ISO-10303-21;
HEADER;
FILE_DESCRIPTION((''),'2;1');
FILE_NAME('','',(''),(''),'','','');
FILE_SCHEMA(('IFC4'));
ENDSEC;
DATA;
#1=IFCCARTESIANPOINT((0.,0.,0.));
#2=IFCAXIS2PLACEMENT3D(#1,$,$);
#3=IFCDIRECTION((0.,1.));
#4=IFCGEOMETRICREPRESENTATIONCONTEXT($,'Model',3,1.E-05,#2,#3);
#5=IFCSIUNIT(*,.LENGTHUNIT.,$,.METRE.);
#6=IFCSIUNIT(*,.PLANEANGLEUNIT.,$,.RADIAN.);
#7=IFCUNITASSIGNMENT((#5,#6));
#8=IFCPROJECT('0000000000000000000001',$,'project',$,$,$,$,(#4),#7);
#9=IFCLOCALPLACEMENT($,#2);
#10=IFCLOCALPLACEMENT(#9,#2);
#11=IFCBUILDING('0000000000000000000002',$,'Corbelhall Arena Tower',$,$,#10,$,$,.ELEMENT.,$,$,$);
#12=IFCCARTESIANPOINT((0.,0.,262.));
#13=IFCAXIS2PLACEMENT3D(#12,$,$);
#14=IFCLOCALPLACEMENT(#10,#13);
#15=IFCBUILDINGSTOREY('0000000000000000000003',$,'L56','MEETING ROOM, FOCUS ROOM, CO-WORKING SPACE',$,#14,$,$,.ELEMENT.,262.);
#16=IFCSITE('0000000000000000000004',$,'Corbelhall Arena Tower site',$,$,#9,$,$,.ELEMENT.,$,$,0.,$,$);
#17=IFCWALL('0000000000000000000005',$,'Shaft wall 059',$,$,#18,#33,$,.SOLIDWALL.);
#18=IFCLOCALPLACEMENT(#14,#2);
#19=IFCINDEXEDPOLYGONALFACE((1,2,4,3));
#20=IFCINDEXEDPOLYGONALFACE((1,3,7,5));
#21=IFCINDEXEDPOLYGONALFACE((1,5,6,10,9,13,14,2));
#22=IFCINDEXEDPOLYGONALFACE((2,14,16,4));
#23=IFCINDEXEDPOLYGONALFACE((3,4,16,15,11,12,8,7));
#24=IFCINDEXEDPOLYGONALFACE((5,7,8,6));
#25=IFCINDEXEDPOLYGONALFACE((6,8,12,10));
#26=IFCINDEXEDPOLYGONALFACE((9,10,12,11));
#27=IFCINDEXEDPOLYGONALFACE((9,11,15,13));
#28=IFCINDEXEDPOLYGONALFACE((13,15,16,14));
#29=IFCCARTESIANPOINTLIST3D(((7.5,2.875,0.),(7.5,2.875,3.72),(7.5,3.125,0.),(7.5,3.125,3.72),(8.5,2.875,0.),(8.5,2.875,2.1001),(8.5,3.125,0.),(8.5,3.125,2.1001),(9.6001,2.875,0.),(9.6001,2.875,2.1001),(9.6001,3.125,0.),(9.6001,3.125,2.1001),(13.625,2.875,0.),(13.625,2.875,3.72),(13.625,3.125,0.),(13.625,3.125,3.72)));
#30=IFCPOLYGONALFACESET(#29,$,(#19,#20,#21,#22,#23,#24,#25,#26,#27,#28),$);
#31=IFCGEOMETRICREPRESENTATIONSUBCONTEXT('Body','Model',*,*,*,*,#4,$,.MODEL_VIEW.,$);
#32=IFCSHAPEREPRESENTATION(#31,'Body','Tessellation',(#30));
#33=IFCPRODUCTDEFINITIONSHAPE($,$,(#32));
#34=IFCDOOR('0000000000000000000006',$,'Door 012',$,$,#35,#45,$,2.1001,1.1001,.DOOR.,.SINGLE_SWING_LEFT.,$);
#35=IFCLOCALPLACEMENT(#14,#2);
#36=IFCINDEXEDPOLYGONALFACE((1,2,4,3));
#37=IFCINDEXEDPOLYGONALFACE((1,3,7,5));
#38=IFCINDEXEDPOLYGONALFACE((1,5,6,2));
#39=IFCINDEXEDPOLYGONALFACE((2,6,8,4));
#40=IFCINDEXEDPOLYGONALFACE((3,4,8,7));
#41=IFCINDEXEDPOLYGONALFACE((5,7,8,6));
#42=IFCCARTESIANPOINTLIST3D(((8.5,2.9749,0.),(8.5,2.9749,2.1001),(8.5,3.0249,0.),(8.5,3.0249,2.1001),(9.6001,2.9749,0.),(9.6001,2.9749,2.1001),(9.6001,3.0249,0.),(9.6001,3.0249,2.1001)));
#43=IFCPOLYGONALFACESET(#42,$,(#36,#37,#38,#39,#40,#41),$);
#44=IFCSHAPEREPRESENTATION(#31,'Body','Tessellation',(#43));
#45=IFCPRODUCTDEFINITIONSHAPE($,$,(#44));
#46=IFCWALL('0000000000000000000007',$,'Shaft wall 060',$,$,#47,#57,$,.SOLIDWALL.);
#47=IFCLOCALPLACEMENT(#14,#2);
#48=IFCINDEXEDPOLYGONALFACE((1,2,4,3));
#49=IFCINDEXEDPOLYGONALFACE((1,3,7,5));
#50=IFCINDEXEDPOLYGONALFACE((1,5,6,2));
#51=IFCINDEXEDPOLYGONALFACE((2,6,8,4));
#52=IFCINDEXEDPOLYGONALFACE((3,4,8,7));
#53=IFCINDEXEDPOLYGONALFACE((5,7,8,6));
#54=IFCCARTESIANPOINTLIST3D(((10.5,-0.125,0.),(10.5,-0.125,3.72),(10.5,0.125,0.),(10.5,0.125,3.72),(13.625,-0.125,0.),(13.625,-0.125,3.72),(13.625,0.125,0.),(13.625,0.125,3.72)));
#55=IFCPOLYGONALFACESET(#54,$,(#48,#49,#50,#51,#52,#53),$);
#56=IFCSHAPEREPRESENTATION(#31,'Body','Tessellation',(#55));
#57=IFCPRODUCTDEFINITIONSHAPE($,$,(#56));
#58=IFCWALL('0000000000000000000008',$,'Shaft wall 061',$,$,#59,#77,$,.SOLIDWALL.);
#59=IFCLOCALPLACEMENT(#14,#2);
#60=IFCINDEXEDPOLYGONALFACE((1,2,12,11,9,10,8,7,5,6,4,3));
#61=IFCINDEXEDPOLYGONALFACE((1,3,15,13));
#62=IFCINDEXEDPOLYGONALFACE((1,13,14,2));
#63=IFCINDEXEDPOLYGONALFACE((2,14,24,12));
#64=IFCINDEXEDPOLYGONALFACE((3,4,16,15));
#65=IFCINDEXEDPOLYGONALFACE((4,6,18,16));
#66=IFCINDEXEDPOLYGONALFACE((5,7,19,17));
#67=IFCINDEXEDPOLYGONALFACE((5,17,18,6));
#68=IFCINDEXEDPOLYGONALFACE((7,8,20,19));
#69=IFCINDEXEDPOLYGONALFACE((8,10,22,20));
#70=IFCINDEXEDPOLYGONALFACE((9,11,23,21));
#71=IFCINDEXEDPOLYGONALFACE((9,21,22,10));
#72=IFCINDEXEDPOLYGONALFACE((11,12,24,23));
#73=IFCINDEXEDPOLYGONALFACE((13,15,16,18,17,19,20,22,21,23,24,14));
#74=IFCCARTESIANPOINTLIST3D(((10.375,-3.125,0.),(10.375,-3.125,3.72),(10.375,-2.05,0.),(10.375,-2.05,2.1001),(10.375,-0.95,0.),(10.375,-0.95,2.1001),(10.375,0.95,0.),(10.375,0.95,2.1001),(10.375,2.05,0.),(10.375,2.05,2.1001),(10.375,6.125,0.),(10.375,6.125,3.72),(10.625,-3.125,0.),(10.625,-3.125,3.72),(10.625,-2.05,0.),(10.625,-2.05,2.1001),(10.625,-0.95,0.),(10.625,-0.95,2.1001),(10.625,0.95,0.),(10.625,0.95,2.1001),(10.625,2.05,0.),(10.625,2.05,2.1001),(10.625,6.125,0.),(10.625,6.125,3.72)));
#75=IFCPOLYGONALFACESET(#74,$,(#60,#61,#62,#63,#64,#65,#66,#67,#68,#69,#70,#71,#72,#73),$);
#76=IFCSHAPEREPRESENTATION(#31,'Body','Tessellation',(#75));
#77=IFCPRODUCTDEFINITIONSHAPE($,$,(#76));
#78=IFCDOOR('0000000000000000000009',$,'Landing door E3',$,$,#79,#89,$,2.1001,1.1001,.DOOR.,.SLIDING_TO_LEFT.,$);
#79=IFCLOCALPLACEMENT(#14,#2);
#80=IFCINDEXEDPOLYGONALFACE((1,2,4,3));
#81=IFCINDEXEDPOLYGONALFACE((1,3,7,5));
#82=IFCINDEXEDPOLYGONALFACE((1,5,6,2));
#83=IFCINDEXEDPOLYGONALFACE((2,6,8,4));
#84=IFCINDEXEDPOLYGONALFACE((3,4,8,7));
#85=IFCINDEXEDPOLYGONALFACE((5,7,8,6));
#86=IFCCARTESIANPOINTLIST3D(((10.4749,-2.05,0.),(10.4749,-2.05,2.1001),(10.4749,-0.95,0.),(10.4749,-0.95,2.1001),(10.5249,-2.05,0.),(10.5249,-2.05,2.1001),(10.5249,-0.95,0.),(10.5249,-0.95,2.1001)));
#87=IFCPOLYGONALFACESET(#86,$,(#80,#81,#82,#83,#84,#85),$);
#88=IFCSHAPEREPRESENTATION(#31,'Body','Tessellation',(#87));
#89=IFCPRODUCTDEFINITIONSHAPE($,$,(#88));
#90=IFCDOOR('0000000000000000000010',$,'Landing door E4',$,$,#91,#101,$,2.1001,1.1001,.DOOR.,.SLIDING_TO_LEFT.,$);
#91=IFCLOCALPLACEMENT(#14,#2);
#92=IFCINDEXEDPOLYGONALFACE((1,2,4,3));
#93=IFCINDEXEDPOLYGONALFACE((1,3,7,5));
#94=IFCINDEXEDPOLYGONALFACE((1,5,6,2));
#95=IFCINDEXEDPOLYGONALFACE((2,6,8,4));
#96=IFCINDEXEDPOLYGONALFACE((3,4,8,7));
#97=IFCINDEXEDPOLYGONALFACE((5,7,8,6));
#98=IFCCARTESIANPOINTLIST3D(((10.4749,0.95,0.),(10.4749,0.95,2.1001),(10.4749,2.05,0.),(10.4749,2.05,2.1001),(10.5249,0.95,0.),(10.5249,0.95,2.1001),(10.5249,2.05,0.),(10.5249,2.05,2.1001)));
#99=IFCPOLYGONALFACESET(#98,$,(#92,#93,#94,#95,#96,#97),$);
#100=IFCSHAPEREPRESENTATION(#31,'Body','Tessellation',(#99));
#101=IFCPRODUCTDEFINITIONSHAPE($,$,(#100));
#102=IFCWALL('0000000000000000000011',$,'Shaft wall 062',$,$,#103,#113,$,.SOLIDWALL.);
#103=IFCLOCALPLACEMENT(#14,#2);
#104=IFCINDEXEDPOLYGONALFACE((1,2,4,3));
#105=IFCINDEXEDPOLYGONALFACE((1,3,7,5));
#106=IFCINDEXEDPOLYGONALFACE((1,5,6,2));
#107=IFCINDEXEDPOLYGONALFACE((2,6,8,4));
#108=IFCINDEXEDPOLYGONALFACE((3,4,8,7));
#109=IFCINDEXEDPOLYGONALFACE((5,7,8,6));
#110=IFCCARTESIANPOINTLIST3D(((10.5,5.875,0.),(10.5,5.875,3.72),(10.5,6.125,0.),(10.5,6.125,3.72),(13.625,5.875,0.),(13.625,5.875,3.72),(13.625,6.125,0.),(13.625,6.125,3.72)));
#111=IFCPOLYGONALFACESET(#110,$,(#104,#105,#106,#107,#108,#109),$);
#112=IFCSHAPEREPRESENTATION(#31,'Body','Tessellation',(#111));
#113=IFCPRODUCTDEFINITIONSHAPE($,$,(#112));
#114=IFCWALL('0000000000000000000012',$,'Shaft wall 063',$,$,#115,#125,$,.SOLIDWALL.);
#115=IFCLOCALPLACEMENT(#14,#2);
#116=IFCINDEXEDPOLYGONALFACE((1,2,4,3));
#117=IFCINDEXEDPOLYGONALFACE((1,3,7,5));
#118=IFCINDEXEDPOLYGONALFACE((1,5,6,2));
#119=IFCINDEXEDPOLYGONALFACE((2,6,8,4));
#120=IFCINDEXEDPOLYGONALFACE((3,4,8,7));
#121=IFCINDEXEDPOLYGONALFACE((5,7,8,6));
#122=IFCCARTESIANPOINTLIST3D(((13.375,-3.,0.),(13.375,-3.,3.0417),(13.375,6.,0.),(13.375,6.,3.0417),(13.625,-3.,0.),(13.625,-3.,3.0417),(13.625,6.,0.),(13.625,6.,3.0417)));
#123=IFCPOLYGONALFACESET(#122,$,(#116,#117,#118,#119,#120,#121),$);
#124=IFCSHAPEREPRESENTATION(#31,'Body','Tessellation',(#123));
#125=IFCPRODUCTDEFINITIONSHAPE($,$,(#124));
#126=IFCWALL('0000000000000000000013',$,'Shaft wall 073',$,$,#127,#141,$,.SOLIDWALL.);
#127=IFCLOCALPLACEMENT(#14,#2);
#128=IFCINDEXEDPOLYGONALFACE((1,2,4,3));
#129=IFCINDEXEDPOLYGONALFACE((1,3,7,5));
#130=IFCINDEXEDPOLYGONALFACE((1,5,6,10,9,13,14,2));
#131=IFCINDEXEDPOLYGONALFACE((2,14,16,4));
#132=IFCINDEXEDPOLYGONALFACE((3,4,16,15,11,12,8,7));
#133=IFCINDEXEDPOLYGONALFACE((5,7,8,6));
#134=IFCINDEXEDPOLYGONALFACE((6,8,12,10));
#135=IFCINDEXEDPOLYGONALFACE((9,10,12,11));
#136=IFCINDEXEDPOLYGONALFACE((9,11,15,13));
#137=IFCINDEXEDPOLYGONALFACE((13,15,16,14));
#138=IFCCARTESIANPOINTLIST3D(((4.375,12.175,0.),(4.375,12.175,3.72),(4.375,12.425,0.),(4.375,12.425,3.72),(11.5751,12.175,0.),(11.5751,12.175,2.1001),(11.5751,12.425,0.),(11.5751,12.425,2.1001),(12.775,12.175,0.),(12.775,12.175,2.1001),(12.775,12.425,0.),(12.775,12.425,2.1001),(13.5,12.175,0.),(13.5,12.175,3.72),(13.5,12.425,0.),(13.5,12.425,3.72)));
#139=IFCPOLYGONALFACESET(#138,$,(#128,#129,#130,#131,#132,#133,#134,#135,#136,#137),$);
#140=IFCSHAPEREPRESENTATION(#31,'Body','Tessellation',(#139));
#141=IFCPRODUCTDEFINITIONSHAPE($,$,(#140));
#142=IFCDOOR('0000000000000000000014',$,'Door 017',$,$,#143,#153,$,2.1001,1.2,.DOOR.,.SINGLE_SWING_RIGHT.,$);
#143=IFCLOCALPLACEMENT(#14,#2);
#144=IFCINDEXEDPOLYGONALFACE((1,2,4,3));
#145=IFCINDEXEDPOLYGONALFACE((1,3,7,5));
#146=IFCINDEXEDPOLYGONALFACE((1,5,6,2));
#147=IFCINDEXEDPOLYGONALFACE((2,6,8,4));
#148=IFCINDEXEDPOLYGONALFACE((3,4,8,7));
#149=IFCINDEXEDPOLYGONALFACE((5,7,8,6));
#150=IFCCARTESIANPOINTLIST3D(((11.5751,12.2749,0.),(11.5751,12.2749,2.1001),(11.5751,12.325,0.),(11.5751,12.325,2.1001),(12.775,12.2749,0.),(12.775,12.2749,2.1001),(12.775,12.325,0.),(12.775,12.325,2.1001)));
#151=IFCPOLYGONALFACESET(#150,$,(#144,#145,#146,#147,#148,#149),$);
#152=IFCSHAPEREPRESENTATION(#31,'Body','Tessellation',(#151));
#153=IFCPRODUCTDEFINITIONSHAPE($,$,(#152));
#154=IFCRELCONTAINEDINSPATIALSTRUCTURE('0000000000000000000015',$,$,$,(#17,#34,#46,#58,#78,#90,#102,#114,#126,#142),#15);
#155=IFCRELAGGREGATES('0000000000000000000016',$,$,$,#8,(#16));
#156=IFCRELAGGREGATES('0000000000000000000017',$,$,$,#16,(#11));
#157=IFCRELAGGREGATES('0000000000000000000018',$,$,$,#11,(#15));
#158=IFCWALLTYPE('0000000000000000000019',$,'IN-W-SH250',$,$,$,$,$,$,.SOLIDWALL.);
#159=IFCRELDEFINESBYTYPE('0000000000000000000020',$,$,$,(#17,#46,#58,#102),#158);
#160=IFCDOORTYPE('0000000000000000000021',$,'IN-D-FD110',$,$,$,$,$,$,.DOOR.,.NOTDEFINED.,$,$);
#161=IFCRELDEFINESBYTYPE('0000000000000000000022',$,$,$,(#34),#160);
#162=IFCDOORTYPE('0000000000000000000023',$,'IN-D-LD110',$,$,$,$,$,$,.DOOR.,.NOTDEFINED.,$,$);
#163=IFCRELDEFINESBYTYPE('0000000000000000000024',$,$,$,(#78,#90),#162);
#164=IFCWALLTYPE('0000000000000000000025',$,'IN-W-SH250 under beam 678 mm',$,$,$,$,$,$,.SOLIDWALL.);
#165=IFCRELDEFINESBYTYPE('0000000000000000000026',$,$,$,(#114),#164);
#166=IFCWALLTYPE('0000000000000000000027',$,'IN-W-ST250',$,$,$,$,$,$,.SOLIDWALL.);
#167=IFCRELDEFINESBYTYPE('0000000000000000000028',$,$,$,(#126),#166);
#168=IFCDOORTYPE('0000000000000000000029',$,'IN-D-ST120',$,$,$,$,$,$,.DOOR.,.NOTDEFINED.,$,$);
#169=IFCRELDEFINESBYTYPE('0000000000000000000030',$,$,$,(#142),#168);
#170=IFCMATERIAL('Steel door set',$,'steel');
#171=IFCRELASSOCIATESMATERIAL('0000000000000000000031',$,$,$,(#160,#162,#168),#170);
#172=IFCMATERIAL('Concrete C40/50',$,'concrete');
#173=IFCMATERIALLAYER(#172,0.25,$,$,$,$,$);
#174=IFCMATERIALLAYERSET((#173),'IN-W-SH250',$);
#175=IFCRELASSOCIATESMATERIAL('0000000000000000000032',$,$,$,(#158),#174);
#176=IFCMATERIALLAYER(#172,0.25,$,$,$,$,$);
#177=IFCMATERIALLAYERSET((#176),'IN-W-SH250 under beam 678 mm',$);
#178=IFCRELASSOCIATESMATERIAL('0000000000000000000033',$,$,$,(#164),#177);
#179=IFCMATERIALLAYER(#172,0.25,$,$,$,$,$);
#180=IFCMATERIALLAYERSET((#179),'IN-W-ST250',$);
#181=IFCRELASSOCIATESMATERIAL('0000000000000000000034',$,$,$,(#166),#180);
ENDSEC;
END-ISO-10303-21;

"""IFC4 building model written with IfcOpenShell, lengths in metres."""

from ifc_helpers import new_model, si_unit, direction, frame, frame_2d, origin, place, context, subcontext, project, spatial, rectangle, extrude, material, layer, layer_set, type_object, element, fill, save


model = new_model("IFC4")

# Units and contexts
model_context = context("Model", 3, precision=1e-05, world=origin(), true_north=direction((0.0, 1.0)))
body_context = subcontext(model_context, "Body", "Model", "MODEL_VIEW")
ifc_project = project(units=[si_unit("LENGTHUNIT", "METRE"), si_unit("PLANEANGLEUNIT", "RADIAN")], contexts=[model_context])

# Site, building, storey
site_placement = place(None, origin())
site = spatial("IfcSite", under=ifc_project, at=site_placement, Name="Corbelhall Arena Tower site", CompositionType="ELEMENT", RefElevation=0.0)
building_placement = place(site_placement, origin())
building = spatial("IfcBuilding", under=site, at=building_placement, Name="Corbelhall Arena Tower", CompositionType="ELEMENT")
storey_placement = place(building_placement, frame((0.0, 0.0, 262.0)))
storey = spatial("IfcBuildingStorey", under=building, at=storey_placement, Name="L56", Description="MEETING ROOM, FOCUS ROOM, CO-WORKING SPACE", CompositionType="ELEMENT", Elevation=262.0)

# Shared definitions
ifc_material_1 = material(Name="Steel door set", Category="steel")
door_type_1 = type_object("IfcDoorType", Name="IN-D-FD110", OperationType="NOTDEFINED", PredefinedType="DOOR", material=ifc_material_1)

# Shared definitions
ifc_material_2 = material(Name="Concrete C40/50", Category="concrete")
ifc_layer_1 = layer(ifc_material_2, 0.25)
ifc_layer_set_1 = layer_set([ifc_layer_1], Name="IN-W-SH250")
wall_type_1 = type_object("IfcWallType", Name="IN-W-SH250", PredefinedType="SOLIDWALL", material=ifc_layer_set_1)

# Wall, opening, door
wall_1_placement = place(storey_placement, frame((7.5, 3.0, 0.0), z_axis=(0.0, 0.0, 1.0), x_axis=(1.0, 0.0, 0.0)))
wall_1 = element("IfcWall", 1, at=wall_1_placement, inside=storey, type_object=wall_type_1, Name="Shaft wall 059", PredefinedType="SOLIDWALL", context=body_context, shape_type="SweptSolid", body=[
    extrude(rectangle(XDim=6.125, YDim=0.25, at=frame_2d((3.0625, 0.0))), origin(), (0.0, 0.0, 1.0), 3.72),
])
opening_1_placement = place(wall_1_placement, frame((1.0, 0.0, 0.0)))
opening_1 = element("IfcOpeningElement", 2, at=opening_1_placement, cuts=wall_1, PredefinedType="OPENING", context=body_context, shape_type="SweptSolid", body=[
    extrude(rectangle(XDim=1.1001, YDim=2.1001, at=frame_2d((0.55, 1.05))), frame((0.0, 0.125, 0.0), z_axis=(0.0, -1.0, 0.0), x_axis=(1.0, 0.0, 0.0)), (0.0, 0.0, 1.0), 0.25),
])
door_1_placement = place(opening_1_placement, origin())
door_1 = element("IfcDoor", 3, at=door_1_placement, inside=storey, type_object=door_type_1, Name="Door 012", OperationType="SINGLE_SWING_LEFT", OverallHeight=2.1001, OverallWidth=1.1001, PredefinedType="DOOR", context=body_context, shape_type="SweptSolid", body=[
    extrude(rectangle(XDim=1.1001, YDim=2.1001, at=frame_2d((0.55, 1.05))), frame((0.0, 0.0249, 0.0), z_axis=(0.0, -1.0, 0.0), x_axis=(1.0, 0.0, 0.0)), (0.0, 0.0, 1.0), 0.05),
])
fill(opening_1, door_1)

# Wall
wall_2_placement = place(storey_placement, frame((10.5, 0.0, 0.0), z_axis=(0.0, 0.0, 1.0), x_axis=(1.0, 0.0, 0.0)))
element("IfcWall", 4, at=wall_2_placement, inside=storey, type_object=wall_type_1, Name="Shaft wall 060", PredefinedType="SOLIDWALL", context=body_context, shape_type="SweptSolid", body=[
    extrude(rectangle(XDim=3.125, YDim=0.25, at=frame_2d((1.5625, 0.0))), origin(), (0.0, 0.0, 1.0), 3.72),
])

# Wall, openings, doors
wall_3_placement = place(storey_placement, frame((10.5, 6.125, 0.0), z_axis=(0.0, 0.0, 1.0), x_axis=(0.0, -1.0, 0.0)))
wall_3 = element("IfcWall", 5, at=wall_3_placement, inside=storey, type_object=wall_type_1, Name="Shaft wall 061", PredefinedType="SOLIDWALL", context=body_context, shape_type="SweptSolid", body=[
    extrude(rectangle(XDim=9.25, YDim=0.25, at=frame_2d((4.625, 0.0))), origin(), (0.0, 0.0, 1.0), 3.72),
])
opening_2_placement = place(wall_3_placement, frame((7.075, 0.0, 0.0)))
opening_2 = element("IfcOpeningElement", 6, at=opening_2_placement, cuts=wall_3, PredefinedType="OPENING", context=body_context, shape_type="SweptSolid", body=[
    extrude(rectangle(XDim=1.1001, YDim=2.1001, at=frame_2d((0.55, 1.05))), frame((0.0, 0.125, 0.0), z_axis=(0.0, -1.0, 0.0), x_axis=(1.0, 0.0, 0.0)), (0.0, 0.0, 1.0), 0.25),
])
opening_3_placement = place(wall_3_placement, frame((4.075, 0.0, 0.0)))
opening_3 = element("IfcOpeningElement", 7, at=opening_3_placement, cuts=wall_3, PredefinedType="OPENING", context=body_context, shape_type="SweptSolid", body=[
    extrude(rectangle(XDim=1.1001, YDim=2.1001, at=frame_2d((0.55, 1.05))), frame((0.0, 0.125, 0.0), z_axis=(0.0, -1.0, 0.0), x_axis=(1.0, 0.0, 0.0)), (0.0, 0.0, 1.0), 0.25),
])
door_type_2 = type_object("IfcDoorType", Name="IN-D-LD110", OperationType="NOTDEFINED", PredefinedType="DOOR", material=ifc_material_1)
door_2_placement = place(opening_2_placement, origin())
door_2 = element("IfcDoor", 8, at=door_2_placement, inside=storey, type_object=door_type_2, Name="Landing door E3", OperationType="SLIDING_TO_LEFT", OverallHeight=2.1001, OverallWidth=1.1001, PredefinedType="DOOR", context=body_context, shape_type="SweptSolid", body=[
    extrude(rectangle(XDim=1.1001, YDim=2.1001, at=frame_2d((0.55, 1.05))), frame((0.0, 0.0249, 0.0), z_axis=(0.0, -1.0, 0.0), x_axis=(1.0, 0.0, 0.0)), (0.0, 0.0, 1.0), 0.05),
])
fill(opening_2, door_2)
door_3_placement = place(opening_3_placement, origin())
door_3 = element("IfcDoor", 9, at=door_3_placement, inside=storey, type_object=door_type_2, Name="Landing door E4", OperationType="SLIDING_TO_LEFT", OverallHeight=2.1001, OverallWidth=1.1001, PredefinedType="DOOR", context=body_context, shape_type="SweptSolid", body=[
    extrude(rectangle(XDim=1.1001, YDim=2.1001, at=frame_2d((0.55, 1.05))), frame((0.0, 0.0249, 0.0), z_axis=(0.0, -1.0, 0.0), x_axis=(1.0, 0.0, 0.0)), (0.0, 0.0, 1.0), 0.05),
])
fill(opening_3, door_3)

# Walls
wall_4_placement = place(storey_placement, frame((10.5, 6.0, 0.0), z_axis=(0.0, 0.0, 1.0), x_axis=(1.0, 0.0, 0.0)))
element("IfcWall", 10, at=wall_4_placement, inside=storey, type_object=wall_type_1, Name="Shaft wall 062", PredefinedType="SOLIDWALL", context=body_context, shape_type="SweptSolid", body=[
    extrude(rectangle(XDim=3.125, YDim=0.25, at=frame_2d((1.5625, 0.0))), origin(), (0.0, 0.0, 1.0), 3.72),
])
ifc_layer_2 = layer(ifc_material_2, 0.25)
ifc_layer_set_2 = layer_set([ifc_layer_2], Name="IN-W-SH250 under beam 678 mm")
wall_type_2 = type_object("IfcWallType", Name="IN-W-SH250 under beam 678 mm", PredefinedType="SOLIDWALL", material=ifc_layer_set_2)
wall_5_placement = place(storey_placement, frame((13.5, 6.0, 0.0), z_axis=(0.0, 0.0, 1.0), x_axis=(0.0, -1.0, 0.0)))
element("IfcWall", 11, at=wall_5_placement, inside=storey, type_object=wall_type_2, Name="Shaft wall 063", PredefinedType="SOLIDWALL", context=body_context, shape_type="SweptSolid", body=[
    extrude(rectangle(XDim=9.0, YDim=0.25, at=frame_2d((4.5, 0.0))), origin(), (0.0, 0.0, 1.0), 3.0417),
])

# Wall, opening, door
ifc_layer_3 = layer(ifc_material_2, 0.25)
ifc_layer_set_3 = layer_set([ifc_layer_3], Name="IN-W-ST250")
wall_type_3 = type_object("IfcWallType", Name="IN-W-ST250", PredefinedType="SOLIDWALL", material=ifc_layer_set_3)
wall_6_placement = place(storey_placement, frame((4.375, 12.3, 0.0), z_axis=(0.0, 0.0, 1.0), x_axis=(1.0, 0.0, 0.0)))
wall_6 = element("IfcWall", 12, at=wall_6_placement, inside=storey, type_object=wall_type_3, Name="Shaft wall 073", PredefinedType="SOLIDWALL", context=body_context, shape_type="SweptSolid", body=[
    extrude(rectangle(XDim=9.125, YDim=0.25, at=frame_2d((4.5625, 0.0))), origin(), (0.0, 0.0, 1.0), 3.72),
])
opening_4_placement = place(wall_6_placement, frame((7.2, 0.0, 0.0)))
opening_4 = element("IfcOpeningElement", 13, at=opening_4_placement, cuts=wall_6, PredefinedType="OPENING", context=body_context, shape_type="SweptSolid", body=[
    extrude(rectangle(XDim=1.2, YDim=2.1001, at=frame_2d((0.6001, 1.05))), frame((0.0, 0.125, 0.0), z_axis=(0.0, -1.0, 0.0), x_axis=(1.0, 0.0, 0.0)), (0.0, 0.0, 1.0), 0.25),
])
door_type_3 = type_object("IfcDoorType", Name="IN-D-ST120", OperationType="NOTDEFINED", PredefinedType="DOOR", material=ifc_material_1)
door_4_placement = place(opening_4_placement, origin())
door_4 = element("IfcDoor", 14, at=door_4_placement, inside=storey, type_object=door_type_3, Name="Door 017", OperationType="SINGLE_SWING_RIGHT", OverallHeight=2.1001, OverallWidth=1.2, PredefinedType="DOOR", context=body_context, shape_type="SweptSolid", body=[
    extrude(rectangle(XDim=1.2, YDim=2.1001, at=frame_2d((0.6001, 1.05))), frame((0.0, 0.0249, 0.0), z_axis=(0.0, -1.0, 0.0), x_axis=(1.0, 0.0, 0.0)), (0.0, 0.0, 1.0), 0.05),
])
fill(opening_4, door_4)

save(model, "model.ifc")
